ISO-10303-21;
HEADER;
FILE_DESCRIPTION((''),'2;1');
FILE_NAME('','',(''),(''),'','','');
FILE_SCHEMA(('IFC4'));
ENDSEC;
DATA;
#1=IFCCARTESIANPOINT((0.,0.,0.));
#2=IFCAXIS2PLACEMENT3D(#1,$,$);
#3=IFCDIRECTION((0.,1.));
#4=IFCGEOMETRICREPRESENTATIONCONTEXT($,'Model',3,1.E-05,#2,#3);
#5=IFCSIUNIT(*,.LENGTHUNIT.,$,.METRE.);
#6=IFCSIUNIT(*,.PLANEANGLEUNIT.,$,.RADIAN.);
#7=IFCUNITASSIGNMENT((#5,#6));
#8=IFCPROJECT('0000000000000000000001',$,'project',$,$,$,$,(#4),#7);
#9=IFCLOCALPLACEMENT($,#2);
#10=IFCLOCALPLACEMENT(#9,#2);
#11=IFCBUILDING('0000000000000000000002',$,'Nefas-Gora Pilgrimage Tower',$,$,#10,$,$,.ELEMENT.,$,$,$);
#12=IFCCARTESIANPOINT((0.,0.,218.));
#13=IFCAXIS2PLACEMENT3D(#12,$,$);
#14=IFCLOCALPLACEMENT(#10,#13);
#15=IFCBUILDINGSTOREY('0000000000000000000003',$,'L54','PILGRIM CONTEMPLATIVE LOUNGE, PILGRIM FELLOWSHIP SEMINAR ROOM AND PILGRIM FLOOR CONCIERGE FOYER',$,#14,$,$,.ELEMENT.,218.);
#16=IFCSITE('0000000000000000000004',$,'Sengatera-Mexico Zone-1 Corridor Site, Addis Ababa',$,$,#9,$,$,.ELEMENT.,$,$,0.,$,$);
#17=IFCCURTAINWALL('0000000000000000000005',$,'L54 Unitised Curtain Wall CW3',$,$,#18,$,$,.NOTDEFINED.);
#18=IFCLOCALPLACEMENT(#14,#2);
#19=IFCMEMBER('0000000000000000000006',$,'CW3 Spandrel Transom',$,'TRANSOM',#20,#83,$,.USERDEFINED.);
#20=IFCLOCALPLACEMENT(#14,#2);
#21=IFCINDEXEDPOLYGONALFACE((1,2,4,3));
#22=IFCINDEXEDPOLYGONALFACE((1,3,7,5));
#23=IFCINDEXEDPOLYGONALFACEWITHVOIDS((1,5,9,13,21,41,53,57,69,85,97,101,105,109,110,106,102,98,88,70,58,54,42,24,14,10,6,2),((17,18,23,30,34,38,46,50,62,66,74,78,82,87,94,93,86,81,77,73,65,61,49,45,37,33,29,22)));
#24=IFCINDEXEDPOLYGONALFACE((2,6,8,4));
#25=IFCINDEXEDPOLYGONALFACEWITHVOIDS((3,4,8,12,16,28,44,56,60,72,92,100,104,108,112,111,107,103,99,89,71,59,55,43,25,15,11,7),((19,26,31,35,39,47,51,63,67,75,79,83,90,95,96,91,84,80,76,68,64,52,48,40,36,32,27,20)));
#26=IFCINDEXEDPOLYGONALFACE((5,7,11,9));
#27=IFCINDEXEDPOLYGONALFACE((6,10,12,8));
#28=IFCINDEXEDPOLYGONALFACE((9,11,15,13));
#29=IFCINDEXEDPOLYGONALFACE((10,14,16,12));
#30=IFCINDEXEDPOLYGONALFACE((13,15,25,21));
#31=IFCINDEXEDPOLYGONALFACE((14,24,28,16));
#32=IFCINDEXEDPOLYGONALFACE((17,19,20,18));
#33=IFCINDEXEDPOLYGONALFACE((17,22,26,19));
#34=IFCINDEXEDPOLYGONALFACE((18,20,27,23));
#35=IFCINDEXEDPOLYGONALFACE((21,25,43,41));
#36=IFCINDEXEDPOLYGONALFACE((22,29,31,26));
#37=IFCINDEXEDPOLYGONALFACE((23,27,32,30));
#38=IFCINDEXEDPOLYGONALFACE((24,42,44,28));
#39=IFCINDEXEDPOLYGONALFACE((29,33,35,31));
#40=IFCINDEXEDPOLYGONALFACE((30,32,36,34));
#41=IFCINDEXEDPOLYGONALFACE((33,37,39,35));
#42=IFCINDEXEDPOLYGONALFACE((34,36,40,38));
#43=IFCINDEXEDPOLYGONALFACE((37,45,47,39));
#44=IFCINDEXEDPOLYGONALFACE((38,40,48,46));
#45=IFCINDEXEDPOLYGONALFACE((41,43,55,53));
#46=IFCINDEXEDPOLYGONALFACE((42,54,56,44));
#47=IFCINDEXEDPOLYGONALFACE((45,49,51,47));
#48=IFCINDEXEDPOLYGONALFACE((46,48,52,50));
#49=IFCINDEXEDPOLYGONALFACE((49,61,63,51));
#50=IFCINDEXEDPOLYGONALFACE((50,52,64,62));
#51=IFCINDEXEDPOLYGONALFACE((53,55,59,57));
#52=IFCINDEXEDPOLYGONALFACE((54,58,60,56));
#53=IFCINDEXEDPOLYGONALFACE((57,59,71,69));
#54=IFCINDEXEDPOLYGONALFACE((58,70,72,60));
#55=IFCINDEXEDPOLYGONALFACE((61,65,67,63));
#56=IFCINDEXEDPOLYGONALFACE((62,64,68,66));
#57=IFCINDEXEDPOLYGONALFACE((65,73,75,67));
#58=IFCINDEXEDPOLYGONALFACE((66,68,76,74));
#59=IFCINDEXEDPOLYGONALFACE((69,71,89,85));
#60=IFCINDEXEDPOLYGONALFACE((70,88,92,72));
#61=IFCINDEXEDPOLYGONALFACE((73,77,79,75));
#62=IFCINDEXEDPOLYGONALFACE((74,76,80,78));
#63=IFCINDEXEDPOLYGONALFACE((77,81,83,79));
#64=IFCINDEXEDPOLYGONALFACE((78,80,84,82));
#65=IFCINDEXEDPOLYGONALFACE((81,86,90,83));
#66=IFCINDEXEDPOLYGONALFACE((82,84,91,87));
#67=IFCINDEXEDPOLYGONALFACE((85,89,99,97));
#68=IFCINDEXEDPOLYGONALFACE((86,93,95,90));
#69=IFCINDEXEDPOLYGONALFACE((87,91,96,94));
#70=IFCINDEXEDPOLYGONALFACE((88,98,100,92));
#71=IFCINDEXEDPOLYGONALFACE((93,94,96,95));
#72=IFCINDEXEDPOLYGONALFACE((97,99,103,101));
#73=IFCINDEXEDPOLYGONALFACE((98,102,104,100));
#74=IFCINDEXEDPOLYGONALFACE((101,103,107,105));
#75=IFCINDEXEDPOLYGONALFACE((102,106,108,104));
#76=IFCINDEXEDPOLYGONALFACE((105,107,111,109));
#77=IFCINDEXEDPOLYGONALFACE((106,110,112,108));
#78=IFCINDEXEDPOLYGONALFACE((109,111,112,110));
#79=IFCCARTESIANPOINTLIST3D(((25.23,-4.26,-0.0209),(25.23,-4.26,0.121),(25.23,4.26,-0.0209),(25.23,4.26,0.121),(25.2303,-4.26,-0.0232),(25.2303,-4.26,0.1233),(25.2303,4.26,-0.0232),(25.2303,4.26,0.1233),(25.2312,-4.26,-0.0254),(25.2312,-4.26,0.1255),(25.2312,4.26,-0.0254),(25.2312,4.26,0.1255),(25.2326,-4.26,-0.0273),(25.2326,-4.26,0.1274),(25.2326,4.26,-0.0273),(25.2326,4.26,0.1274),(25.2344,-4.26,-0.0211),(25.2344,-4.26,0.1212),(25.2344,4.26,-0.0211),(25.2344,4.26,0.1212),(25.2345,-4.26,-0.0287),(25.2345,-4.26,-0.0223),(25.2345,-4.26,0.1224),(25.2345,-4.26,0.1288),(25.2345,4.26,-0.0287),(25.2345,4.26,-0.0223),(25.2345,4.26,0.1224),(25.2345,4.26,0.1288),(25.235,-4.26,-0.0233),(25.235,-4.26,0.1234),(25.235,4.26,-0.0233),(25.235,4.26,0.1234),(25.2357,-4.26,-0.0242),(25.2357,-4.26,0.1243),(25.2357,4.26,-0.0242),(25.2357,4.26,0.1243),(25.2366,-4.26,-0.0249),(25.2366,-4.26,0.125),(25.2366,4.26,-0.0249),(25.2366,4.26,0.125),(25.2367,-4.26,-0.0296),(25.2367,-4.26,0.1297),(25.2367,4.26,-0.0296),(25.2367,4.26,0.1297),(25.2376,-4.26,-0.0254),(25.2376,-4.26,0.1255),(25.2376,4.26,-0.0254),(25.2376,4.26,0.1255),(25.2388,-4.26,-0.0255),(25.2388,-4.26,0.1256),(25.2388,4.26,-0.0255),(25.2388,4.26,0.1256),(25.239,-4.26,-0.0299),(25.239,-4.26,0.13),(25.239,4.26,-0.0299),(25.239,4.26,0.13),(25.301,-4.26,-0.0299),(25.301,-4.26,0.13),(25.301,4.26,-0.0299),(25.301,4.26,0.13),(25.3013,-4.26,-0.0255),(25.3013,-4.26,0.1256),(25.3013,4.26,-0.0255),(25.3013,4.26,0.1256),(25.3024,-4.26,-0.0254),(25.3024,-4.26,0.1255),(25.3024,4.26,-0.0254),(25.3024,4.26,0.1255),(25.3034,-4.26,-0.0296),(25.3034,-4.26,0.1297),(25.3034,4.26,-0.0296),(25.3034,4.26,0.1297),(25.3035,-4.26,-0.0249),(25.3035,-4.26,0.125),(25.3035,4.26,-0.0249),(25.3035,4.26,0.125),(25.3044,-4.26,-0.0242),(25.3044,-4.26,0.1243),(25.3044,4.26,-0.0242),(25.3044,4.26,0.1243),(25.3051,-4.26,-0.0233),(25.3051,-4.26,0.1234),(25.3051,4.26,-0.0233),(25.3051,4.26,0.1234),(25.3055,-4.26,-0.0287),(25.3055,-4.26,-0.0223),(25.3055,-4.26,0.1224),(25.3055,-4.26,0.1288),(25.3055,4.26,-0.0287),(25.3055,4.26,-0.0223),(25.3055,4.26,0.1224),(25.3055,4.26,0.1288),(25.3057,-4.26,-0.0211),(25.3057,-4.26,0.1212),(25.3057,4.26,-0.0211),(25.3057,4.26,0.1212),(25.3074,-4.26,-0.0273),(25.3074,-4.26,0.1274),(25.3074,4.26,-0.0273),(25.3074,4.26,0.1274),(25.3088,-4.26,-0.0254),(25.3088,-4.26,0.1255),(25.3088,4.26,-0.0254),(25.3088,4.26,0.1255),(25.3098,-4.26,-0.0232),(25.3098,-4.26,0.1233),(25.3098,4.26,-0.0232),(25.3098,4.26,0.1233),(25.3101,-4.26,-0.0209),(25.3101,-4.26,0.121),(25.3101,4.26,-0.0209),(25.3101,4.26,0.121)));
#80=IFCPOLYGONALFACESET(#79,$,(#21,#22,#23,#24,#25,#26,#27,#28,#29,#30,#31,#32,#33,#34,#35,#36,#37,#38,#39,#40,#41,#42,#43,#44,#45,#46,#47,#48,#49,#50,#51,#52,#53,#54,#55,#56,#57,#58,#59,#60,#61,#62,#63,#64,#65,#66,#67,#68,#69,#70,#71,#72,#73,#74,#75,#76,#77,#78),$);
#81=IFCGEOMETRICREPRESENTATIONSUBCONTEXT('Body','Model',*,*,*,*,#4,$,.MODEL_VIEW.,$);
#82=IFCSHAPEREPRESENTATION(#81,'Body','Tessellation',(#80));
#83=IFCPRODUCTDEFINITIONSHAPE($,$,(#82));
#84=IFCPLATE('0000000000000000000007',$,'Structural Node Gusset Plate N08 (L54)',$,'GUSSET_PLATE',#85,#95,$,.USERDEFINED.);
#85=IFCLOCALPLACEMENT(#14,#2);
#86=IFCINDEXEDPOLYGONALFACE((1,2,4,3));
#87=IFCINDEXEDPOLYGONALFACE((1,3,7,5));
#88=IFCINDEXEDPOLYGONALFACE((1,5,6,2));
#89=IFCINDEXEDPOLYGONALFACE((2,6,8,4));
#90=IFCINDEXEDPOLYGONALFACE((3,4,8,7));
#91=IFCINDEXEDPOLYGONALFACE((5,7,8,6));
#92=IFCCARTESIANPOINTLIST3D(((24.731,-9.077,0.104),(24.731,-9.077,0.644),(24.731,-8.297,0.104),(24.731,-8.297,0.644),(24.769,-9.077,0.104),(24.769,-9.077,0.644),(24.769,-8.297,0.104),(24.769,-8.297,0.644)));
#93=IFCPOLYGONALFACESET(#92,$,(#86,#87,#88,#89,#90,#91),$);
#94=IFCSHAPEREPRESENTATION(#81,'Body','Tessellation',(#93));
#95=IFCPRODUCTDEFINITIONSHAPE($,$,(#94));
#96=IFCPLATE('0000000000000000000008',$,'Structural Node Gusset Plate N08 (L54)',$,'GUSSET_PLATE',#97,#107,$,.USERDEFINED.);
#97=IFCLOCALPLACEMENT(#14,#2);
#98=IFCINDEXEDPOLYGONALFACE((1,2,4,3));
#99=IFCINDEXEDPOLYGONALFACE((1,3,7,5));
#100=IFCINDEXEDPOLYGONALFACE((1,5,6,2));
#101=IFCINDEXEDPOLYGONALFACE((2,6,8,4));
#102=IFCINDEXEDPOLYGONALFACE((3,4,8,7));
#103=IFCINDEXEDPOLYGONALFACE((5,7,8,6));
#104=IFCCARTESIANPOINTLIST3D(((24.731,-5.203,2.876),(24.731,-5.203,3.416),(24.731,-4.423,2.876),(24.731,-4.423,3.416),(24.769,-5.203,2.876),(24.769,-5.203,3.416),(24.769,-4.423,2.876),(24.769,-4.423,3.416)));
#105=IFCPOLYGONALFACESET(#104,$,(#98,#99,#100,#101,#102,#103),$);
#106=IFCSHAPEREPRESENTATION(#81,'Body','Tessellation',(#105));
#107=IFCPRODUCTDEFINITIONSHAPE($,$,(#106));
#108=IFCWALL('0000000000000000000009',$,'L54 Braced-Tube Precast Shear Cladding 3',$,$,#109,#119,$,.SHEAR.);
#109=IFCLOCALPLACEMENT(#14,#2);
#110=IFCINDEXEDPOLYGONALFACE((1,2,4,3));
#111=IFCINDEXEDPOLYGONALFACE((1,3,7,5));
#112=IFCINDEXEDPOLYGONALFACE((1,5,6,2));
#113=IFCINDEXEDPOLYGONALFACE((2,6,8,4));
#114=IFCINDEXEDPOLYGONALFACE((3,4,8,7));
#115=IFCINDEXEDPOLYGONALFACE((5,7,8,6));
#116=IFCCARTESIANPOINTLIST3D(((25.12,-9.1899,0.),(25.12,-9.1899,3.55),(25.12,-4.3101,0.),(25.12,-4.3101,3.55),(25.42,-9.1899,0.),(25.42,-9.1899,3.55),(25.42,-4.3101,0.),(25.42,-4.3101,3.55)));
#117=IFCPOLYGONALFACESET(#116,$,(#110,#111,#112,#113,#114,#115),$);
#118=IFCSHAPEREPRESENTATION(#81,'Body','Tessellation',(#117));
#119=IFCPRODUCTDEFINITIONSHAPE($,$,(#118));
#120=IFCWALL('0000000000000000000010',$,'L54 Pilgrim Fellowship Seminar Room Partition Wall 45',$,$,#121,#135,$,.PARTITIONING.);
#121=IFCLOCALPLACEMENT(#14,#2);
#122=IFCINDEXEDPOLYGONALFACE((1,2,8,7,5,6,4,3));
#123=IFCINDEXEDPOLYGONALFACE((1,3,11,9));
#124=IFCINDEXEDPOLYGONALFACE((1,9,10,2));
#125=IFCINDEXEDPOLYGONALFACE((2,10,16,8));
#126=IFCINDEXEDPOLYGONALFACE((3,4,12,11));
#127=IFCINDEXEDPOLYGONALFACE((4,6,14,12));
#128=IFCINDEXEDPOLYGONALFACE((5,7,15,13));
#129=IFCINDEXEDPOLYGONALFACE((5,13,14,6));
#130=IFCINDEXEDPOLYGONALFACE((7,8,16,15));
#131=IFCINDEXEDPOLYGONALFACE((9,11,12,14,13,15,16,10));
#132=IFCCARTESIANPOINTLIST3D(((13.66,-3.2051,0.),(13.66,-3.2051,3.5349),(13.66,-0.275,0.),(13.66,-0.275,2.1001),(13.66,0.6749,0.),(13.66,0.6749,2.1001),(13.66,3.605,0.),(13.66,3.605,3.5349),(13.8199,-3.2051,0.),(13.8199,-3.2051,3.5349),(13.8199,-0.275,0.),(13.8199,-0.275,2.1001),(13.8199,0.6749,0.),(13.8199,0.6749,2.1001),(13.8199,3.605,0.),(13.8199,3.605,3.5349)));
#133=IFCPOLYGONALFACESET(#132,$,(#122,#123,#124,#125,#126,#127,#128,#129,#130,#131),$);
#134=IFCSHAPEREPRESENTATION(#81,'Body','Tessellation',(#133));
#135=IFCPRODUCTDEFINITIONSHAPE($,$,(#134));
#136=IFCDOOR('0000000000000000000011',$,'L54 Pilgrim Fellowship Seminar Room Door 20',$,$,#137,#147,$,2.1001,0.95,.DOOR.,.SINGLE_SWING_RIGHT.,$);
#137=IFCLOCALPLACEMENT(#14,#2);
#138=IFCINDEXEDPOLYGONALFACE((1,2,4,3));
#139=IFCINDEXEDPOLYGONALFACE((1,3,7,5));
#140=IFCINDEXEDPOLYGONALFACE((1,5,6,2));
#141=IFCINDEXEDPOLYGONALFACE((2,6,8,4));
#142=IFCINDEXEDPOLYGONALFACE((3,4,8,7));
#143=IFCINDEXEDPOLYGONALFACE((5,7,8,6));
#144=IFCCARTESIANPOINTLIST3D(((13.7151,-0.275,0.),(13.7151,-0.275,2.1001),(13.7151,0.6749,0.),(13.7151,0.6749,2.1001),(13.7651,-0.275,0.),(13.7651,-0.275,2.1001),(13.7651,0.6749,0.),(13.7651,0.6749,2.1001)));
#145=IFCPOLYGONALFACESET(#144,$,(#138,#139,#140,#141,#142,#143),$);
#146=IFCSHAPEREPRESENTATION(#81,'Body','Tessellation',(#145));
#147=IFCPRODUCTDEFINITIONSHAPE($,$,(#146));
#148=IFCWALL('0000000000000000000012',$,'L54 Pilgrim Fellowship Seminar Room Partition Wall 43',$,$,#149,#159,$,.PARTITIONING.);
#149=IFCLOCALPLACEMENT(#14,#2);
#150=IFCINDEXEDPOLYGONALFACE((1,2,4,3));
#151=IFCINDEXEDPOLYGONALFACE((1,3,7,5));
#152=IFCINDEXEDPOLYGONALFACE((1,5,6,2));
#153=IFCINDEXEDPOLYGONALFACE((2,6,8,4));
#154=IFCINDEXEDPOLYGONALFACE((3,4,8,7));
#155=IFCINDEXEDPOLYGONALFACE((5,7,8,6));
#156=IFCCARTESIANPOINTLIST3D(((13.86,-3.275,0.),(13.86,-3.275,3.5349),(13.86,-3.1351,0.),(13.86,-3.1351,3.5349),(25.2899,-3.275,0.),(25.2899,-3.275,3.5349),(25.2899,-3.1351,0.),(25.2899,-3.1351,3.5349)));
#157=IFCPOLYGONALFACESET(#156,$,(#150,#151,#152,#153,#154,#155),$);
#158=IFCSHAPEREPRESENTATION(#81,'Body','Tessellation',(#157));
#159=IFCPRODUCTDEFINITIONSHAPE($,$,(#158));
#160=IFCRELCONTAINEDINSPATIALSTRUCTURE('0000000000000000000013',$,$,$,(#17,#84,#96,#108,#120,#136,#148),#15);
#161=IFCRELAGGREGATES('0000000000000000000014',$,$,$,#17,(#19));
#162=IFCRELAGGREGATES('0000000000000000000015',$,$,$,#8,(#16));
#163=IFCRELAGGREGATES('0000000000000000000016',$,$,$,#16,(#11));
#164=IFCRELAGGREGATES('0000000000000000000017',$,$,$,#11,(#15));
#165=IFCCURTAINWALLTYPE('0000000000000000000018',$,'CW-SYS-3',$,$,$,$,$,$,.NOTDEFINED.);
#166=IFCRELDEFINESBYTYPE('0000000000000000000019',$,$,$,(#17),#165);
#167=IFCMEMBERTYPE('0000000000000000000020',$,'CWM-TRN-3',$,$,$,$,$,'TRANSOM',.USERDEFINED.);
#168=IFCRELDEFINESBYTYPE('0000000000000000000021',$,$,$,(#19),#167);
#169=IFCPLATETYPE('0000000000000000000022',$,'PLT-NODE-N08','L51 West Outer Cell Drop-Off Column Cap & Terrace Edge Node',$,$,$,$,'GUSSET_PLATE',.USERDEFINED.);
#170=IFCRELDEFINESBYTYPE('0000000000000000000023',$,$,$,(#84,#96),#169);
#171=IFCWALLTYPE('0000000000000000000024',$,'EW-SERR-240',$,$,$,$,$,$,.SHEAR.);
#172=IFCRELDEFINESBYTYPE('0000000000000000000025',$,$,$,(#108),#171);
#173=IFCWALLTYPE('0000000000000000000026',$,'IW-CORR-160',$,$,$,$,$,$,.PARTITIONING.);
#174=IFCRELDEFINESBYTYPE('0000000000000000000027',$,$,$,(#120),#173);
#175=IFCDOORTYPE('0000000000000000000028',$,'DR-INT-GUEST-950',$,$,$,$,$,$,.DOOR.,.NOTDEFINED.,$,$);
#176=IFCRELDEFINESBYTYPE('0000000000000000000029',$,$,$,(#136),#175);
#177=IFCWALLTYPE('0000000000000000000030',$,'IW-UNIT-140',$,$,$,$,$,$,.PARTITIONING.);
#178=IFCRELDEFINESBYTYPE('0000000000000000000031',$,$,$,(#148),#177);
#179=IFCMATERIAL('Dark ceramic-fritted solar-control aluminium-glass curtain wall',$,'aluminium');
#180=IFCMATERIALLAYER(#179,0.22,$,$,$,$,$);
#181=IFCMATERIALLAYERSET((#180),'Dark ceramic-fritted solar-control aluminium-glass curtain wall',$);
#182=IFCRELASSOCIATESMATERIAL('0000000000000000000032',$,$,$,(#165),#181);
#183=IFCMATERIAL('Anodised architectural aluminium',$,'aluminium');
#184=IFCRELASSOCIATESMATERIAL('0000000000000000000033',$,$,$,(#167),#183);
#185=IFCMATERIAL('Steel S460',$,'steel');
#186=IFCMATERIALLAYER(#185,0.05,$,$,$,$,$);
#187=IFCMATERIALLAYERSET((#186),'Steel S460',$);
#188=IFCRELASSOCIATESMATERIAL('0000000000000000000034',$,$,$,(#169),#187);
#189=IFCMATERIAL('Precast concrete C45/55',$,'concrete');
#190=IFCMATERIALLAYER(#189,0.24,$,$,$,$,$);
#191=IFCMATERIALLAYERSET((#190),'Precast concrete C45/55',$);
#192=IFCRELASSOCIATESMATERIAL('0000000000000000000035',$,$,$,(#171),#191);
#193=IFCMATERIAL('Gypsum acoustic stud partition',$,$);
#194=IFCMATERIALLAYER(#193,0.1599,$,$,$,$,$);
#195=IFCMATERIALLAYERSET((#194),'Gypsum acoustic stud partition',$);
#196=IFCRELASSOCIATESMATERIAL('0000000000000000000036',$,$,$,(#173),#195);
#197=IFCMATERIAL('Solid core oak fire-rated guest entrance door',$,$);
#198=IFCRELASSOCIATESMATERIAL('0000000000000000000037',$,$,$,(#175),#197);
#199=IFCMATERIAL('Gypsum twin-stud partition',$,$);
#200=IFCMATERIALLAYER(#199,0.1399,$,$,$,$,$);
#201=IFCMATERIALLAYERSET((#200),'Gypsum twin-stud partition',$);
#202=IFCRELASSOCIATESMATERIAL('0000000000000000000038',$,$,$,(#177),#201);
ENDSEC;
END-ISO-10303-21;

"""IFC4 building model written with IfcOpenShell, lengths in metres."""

from ifc_helpers import new_model, si_unit, direction, frame, frame_2d, origin, origin_2d, place, context, subcontext, project, spatial, rectangle, hollow_rectangle, extrude, source, transform, mapped, material, layer, layer_set, material_profile, profile_set, type_object, element, fill, aggregate, save


model = new_model("IFC4")

# Units and contexts
model_context = context("Model", 3, precision=1e-05, world=origin(), true_north=direction((0.0, 1.0)))
body_context = subcontext(model_context, "Body", "Model", "MODEL_VIEW")
ifc_project = project(units=[si_unit("LENGTHUNIT", "METRE"), si_unit("PLANEANGLEUNIT", "RADIAN")], contexts=[model_context])

# Site, building, storey
site_placement = place(None, origin())
site = spatial("IfcSite", under=ifc_project, at=site_placement, Name="Sengatera-Mexico Zone-1 Corridor Site, Addis Ababa", CompositionType="ELEMENT", RefElevation=0.0)
building_placement = place(site_placement, origin())
building = spatial("IfcBuilding", under=site, at=building_placement, Name="Nefas-Gora Pilgrimage Tower", CompositionType="ELEMENT")
storey_placement = place(building_placement, frame((0.0, 0.0, 218.0)))
storey = spatial("IfcBuildingStorey", under=building, at=storey_placement, Name="L54", Description="PILGRIM CONTEMPLATIVE LOUNGE, PILGRIM FELLOWSHIP SEMINAR ROOM AND PILGRIM FLOOR CONCIERGE FOYER", CompositionType="ELEMENT", Elevation=218.0)

# Shared definitions
ifc_material_1 = material(Name="Steel S460", Category="steel")

# Shared definitions
ifc_material_2 = material(Name="Dark ceramic-fritted solar-control aluminium-glass curtain wall", Category="aluminium")
ifc_layer_1 = layer(ifc_material_2, 0.22)
ifc_layer_set_1 = layer_set([ifc_layer_1], Name="Dark ceramic-fritted solar-control aluminium-glass curtain wall")
curtain_wall_type = type_object("IfcCurtainWallType", Name="CW-SYS-3", PredefinedType="NOTDEFINED", material=ifc_layer_set_1)
ifc_material_3 = material(Name="Anodised architectural aluminium", Category="aluminium")

# Curtain wall, member
curtain_wall_1_placement = place(storey_placement, origin())
curtain_wall_1 = element("IfcCurtainWall", 1, at=curtain_wall_1_placement, inside=storey, type_object=curtain_wall_type, Name="L54 Unitised Curtain Wall CW3", PredefinedType="NOTDEFINED")
ifc_material_profile_1 = material_profile(ifc_material_3, hollow_rectangle(XDim=0.0801, YDim=0.1599, WallThickness=0.0044, InnerFilletRadius=0.0044, OuterFilletRadius=0.009, at=origin_2d()), Name="ALU TRANSOM 80x160")
ifc_profile_set_1 = profile_set([ifc_material_profile_1], Name="Anodised architectural aluminium")
member_type_1 = type_object("IfcMemberType", Name="CWM-TRN-3", ElementType="TRANSOM", PredefinedType="USERDEFINED", material=ifc_profile_set_1)
shared_shape_1 = source(origin(), body_context, "Body", "SweptSolid", [
    extrude(hollow_rectangle(XDim=0.0801, YDim=0.1599, WallThickness=0.0044, InnerFilletRadius=0.0044, OuterFilletRadius=0.009, at=origin_2d()), origin(), (0.0, 0.0, 1.0), 8.52),
])
member_1_placement = place(storey_placement, frame((25.27, -4.26, 0.05), z_axis=(0.0, 1.0, 0.0), x_axis=(-1.0, 0.0, 0.0)))
member_1 = element("IfcMember", 2, at=member_1_placement, type_object=member_type_1, Name="CW3 Spandrel Transom", ObjectType="TRANSOM", PredefinedType="USERDEFINED", context=body_context, shape_type="MappedRepresentation", body=[
    mapped(shared_shape_1, transform((0.0, 0.0, 0.0), x_axis=(1.0, 0.0, 0.0), y_axis=(0.0, 1.0, 0.0), z_axis=(0.0, 0.0, 1.0), scale=1.0)),
])
aggregate(curtain_wall_1, [member_1])

# Plates
ifc_layer_2 = layer(ifc_material_1, 0.05)
ifc_layer_set_2 = layer_set([ifc_layer_2], Name="Steel S460")
plate_type = type_object("IfcPlateType", Name="PLT-NODE-N08", Description="L51 West Outer Cell Drop-Off Column Cap & Terrace Edge Node", ElementType="GUSSET_PLATE", PredefinedType="USERDEFINED", material=ifc_layer_set_2)
shared_shape_2 = source(origin(), body_context, "Body", "SweptSolid", [
    extrude(rectangle(XDim=0.78, YDim=0.0381, at=origin_2d()), origin(), (0.0, 0.0, 1.0), 0.54),
])
for number, where, z_axis, x_axis, name in (
    (3, (24.75, -8.687, 0.104), (0.0, 0.0, 1.0), (0.0, 1.0, 0.0), "Structural Node Gusset Plate N08 (L54)"),
    (4, (24.75, -4.813, 2.876), (0.0, 0.0, 1.0), (0.0, 1.0, 0.0), "Structural Node Gusset Plate N08 (L54)"),
):
    element("IfcPlate", number, at=place(storey_placement, frame(where, z_axis=z_axis, x_axis=x_axis)), inside=storey, type_object=plate_type, Name=name, ObjectType="GUSSET_PLATE", PredefinedType="USERDEFINED", context=body_context, shape_type="MappedRepresentation", body=[
        mapped(shared_shape_2, transform((0.0, 0.0, 0.0), x_axis=(1.0, 0.0, 0.0), y_axis=(0.0, 1.0, 0.0), z_axis=(0.0, 0.0, 1.0), scale=1.0)),
    ])

# Wall
ifc_material_4 = material(Name="Precast concrete C45/55", Category="concrete")
ifc_layer_3 = layer(ifc_material_4, 0.24)
ifc_layer_set_3 = layer_set([ifc_layer_3], Name="Precast concrete C45/55")
wall_type_1 = type_object("IfcWallType", Name="EW-SERR-240", PredefinedType="SHEAR", material=ifc_layer_set_3)
shared_shape_3 = source(origin(), body_context, "Body", "SweptSolid", [
    extrude(rectangle(XDim=4.8799, YDim=0.3, at=frame_2d((2.4399, 0.0))), origin(), (0.0, 0.0, 1.0), 3.55),
])
wall_1_placement = place(storey_placement, frame((25.27, -9.1899, 0.0), z_axis=(0.0, 0.0, 1.0), x_axis=(0.0, 1.0, 0.0)))
element("IfcWall", 5, at=wall_1_placement, inside=storey, type_object=wall_type_1, Name="L54 Braced-Tube Precast Shear Cladding 3", PredefinedType="SHEAR", context=body_context, shape_type="MappedRepresentation", body=[
    mapped(shared_shape_3, transform((0.0, 0.0, 0.0), x_axis=(1.0, 0.0, 0.0), y_axis=(0.0, 1.0, 0.0), z_axis=(0.0, 0.0, 1.0), scale=1.0)),
])

# Wall, opening, door
ifc_material_5 = material(Name="Gypsum acoustic stud partition")
ifc_layer_4 = layer(ifc_material_5, 0.1599)
ifc_layer_set_4 = layer_set([ifc_layer_4], Name="Gypsum acoustic stud partition")
wall_type_2 = type_object("IfcWallType", Name="IW-CORR-160", PredefinedType="PARTITIONING", material=ifc_layer_set_4)
shared_shape_4 = source(origin(), body_context, "Body", "SweptSolid", [
    extrude(rectangle(XDim=6.8101, YDim=0.1599, at=frame_2d((3.405, 0.0))), origin(), (0.0, 0.0, 1.0), 3.5349),
])
wall_2_placement = place(storey_placement, frame((13.74, -3.2051, 0.0), z_axis=(0.0, 0.0, 1.0), x_axis=(0.0, 1.0, 0.0)))
wall_2 = element("IfcWall", 6, at=wall_2_placement, inside=storey, type_object=wall_type_2, Name="L54 Pilgrim Fellowship Seminar Room Partition Wall 45", PredefinedType="PARTITIONING", context=body_context, shape_type="MappedRepresentation", body=[
    mapped(shared_shape_4, transform((0.0, 0.0, 0.0), x_axis=(1.0, 0.0, 0.0), y_axis=(0.0, 1.0, 0.0), z_axis=(0.0, 0.0, 1.0), scale=1.0)),
])
opening_1_placement = place(wall_2_placement, frame((2.9299, 0.0, 0.0)))
opening_1 = element("IfcOpeningElement", 7, at=opening_1_placement, cuts=wall_2, PredefinedType="OPENING", context=body_context, shape_type="SweptSolid", body=[
    extrude(rectangle(XDim=0.95, YDim=2.1001, at=frame_2d((0.4751, 1.05))), frame((0.0, 0.0898, 0.0), z_axis=(0.0, -1.0, 0.0), x_axis=(1.0, 0.0, 0.0)), (0.0, 0.0, 1.0), 0.1799),
])
ifc_material_6 = material(Name="Solid core oak fire-rated guest entrance door")
door_type_1 = type_object("IfcDoorType", Name="DR-INT-GUEST-950", OperationType="NOTDEFINED", PredefinedType="DOOR", material=ifc_material_6)
shared_shape_5 = source(origin(), body_context, "Body", "SweptSolid", [
    extrude(rectangle(XDim=0.95, YDim=2.1001, at=frame_2d((0.4751, 1.05))), frame((0.0, 0.0249, 0.0), z_axis=(0.0, -1.0, 0.0), x_axis=(1.0, 0.0, 0.0)), (0.0, 0.0, 1.0), 0.05),
])
door_1_placement = place(opening_1_placement, origin())
door_1 = element("IfcDoor", 8, at=door_1_placement, inside=storey, type_object=door_type_1, Name="L54 Pilgrim Fellowship Seminar Room Door 20", OperationType="SINGLE_SWING_RIGHT", OverallHeight=2.1001, OverallWidth=0.95, PredefinedType="DOOR", context=body_context, shape_type="MappedRepresentation", body=[
    mapped(shared_shape_5, transform((0.0, 0.0, 0.0), x_axis=(1.0, 0.0, 0.0), y_axis=(0.0, 1.0, 0.0), z_axis=(0.0, 0.0, 1.0), scale=1.0)),
])
fill(opening_1, door_1)

# Wall
ifc_material_7 = material(Name="Gypsum twin-stud partition")
ifc_layer_5 = layer(ifc_material_7, 0.1399)
ifc_layer_set_5 = layer_set([ifc_layer_5], Name="Gypsum twin-stud partition")
wall_type_3 = type_object("IfcWallType", Name="IW-UNIT-140", PredefinedType="PARTITIONING", material=ifc_layer_set_5)
shared_shape_6 = source(origin(), body_context, "Body", "SweptSolid", [
    extrude(rectangle(XDim=11.4299, YDim=0.1399, at=frame_2d((5.7148, 0.0))), origin(), (0.0, 0.0, 1.0), 3.5349),
])
wall_3_placement = place(storey_placement, frame((13.8601, -3.2051, 0.0), z_axis=(0.0, 0.0, 1.0), x_axis=(1.0, 0.0, 0.0)))
element("IfcWall", 9, at=wall_3_placement, inside=storey, type_object=wall_type_3, Name="L54 Pilgrim Fellowship Seminar Room Partition Wall 43", PredefinedType="PARTITIONING", context=body_context, shape_type="MappedRepresentation", body=[
    mapped(shared_shape_6, transform((0.0, 0.0, 0.0), x_axis=(1.0, 0.0, 0.0), y_axis=(0.0, 1.0, 0.0), z_axis=(0.0, 0.0, 1.0), scale=1.0)),
])

save(model, "model.ifc")
